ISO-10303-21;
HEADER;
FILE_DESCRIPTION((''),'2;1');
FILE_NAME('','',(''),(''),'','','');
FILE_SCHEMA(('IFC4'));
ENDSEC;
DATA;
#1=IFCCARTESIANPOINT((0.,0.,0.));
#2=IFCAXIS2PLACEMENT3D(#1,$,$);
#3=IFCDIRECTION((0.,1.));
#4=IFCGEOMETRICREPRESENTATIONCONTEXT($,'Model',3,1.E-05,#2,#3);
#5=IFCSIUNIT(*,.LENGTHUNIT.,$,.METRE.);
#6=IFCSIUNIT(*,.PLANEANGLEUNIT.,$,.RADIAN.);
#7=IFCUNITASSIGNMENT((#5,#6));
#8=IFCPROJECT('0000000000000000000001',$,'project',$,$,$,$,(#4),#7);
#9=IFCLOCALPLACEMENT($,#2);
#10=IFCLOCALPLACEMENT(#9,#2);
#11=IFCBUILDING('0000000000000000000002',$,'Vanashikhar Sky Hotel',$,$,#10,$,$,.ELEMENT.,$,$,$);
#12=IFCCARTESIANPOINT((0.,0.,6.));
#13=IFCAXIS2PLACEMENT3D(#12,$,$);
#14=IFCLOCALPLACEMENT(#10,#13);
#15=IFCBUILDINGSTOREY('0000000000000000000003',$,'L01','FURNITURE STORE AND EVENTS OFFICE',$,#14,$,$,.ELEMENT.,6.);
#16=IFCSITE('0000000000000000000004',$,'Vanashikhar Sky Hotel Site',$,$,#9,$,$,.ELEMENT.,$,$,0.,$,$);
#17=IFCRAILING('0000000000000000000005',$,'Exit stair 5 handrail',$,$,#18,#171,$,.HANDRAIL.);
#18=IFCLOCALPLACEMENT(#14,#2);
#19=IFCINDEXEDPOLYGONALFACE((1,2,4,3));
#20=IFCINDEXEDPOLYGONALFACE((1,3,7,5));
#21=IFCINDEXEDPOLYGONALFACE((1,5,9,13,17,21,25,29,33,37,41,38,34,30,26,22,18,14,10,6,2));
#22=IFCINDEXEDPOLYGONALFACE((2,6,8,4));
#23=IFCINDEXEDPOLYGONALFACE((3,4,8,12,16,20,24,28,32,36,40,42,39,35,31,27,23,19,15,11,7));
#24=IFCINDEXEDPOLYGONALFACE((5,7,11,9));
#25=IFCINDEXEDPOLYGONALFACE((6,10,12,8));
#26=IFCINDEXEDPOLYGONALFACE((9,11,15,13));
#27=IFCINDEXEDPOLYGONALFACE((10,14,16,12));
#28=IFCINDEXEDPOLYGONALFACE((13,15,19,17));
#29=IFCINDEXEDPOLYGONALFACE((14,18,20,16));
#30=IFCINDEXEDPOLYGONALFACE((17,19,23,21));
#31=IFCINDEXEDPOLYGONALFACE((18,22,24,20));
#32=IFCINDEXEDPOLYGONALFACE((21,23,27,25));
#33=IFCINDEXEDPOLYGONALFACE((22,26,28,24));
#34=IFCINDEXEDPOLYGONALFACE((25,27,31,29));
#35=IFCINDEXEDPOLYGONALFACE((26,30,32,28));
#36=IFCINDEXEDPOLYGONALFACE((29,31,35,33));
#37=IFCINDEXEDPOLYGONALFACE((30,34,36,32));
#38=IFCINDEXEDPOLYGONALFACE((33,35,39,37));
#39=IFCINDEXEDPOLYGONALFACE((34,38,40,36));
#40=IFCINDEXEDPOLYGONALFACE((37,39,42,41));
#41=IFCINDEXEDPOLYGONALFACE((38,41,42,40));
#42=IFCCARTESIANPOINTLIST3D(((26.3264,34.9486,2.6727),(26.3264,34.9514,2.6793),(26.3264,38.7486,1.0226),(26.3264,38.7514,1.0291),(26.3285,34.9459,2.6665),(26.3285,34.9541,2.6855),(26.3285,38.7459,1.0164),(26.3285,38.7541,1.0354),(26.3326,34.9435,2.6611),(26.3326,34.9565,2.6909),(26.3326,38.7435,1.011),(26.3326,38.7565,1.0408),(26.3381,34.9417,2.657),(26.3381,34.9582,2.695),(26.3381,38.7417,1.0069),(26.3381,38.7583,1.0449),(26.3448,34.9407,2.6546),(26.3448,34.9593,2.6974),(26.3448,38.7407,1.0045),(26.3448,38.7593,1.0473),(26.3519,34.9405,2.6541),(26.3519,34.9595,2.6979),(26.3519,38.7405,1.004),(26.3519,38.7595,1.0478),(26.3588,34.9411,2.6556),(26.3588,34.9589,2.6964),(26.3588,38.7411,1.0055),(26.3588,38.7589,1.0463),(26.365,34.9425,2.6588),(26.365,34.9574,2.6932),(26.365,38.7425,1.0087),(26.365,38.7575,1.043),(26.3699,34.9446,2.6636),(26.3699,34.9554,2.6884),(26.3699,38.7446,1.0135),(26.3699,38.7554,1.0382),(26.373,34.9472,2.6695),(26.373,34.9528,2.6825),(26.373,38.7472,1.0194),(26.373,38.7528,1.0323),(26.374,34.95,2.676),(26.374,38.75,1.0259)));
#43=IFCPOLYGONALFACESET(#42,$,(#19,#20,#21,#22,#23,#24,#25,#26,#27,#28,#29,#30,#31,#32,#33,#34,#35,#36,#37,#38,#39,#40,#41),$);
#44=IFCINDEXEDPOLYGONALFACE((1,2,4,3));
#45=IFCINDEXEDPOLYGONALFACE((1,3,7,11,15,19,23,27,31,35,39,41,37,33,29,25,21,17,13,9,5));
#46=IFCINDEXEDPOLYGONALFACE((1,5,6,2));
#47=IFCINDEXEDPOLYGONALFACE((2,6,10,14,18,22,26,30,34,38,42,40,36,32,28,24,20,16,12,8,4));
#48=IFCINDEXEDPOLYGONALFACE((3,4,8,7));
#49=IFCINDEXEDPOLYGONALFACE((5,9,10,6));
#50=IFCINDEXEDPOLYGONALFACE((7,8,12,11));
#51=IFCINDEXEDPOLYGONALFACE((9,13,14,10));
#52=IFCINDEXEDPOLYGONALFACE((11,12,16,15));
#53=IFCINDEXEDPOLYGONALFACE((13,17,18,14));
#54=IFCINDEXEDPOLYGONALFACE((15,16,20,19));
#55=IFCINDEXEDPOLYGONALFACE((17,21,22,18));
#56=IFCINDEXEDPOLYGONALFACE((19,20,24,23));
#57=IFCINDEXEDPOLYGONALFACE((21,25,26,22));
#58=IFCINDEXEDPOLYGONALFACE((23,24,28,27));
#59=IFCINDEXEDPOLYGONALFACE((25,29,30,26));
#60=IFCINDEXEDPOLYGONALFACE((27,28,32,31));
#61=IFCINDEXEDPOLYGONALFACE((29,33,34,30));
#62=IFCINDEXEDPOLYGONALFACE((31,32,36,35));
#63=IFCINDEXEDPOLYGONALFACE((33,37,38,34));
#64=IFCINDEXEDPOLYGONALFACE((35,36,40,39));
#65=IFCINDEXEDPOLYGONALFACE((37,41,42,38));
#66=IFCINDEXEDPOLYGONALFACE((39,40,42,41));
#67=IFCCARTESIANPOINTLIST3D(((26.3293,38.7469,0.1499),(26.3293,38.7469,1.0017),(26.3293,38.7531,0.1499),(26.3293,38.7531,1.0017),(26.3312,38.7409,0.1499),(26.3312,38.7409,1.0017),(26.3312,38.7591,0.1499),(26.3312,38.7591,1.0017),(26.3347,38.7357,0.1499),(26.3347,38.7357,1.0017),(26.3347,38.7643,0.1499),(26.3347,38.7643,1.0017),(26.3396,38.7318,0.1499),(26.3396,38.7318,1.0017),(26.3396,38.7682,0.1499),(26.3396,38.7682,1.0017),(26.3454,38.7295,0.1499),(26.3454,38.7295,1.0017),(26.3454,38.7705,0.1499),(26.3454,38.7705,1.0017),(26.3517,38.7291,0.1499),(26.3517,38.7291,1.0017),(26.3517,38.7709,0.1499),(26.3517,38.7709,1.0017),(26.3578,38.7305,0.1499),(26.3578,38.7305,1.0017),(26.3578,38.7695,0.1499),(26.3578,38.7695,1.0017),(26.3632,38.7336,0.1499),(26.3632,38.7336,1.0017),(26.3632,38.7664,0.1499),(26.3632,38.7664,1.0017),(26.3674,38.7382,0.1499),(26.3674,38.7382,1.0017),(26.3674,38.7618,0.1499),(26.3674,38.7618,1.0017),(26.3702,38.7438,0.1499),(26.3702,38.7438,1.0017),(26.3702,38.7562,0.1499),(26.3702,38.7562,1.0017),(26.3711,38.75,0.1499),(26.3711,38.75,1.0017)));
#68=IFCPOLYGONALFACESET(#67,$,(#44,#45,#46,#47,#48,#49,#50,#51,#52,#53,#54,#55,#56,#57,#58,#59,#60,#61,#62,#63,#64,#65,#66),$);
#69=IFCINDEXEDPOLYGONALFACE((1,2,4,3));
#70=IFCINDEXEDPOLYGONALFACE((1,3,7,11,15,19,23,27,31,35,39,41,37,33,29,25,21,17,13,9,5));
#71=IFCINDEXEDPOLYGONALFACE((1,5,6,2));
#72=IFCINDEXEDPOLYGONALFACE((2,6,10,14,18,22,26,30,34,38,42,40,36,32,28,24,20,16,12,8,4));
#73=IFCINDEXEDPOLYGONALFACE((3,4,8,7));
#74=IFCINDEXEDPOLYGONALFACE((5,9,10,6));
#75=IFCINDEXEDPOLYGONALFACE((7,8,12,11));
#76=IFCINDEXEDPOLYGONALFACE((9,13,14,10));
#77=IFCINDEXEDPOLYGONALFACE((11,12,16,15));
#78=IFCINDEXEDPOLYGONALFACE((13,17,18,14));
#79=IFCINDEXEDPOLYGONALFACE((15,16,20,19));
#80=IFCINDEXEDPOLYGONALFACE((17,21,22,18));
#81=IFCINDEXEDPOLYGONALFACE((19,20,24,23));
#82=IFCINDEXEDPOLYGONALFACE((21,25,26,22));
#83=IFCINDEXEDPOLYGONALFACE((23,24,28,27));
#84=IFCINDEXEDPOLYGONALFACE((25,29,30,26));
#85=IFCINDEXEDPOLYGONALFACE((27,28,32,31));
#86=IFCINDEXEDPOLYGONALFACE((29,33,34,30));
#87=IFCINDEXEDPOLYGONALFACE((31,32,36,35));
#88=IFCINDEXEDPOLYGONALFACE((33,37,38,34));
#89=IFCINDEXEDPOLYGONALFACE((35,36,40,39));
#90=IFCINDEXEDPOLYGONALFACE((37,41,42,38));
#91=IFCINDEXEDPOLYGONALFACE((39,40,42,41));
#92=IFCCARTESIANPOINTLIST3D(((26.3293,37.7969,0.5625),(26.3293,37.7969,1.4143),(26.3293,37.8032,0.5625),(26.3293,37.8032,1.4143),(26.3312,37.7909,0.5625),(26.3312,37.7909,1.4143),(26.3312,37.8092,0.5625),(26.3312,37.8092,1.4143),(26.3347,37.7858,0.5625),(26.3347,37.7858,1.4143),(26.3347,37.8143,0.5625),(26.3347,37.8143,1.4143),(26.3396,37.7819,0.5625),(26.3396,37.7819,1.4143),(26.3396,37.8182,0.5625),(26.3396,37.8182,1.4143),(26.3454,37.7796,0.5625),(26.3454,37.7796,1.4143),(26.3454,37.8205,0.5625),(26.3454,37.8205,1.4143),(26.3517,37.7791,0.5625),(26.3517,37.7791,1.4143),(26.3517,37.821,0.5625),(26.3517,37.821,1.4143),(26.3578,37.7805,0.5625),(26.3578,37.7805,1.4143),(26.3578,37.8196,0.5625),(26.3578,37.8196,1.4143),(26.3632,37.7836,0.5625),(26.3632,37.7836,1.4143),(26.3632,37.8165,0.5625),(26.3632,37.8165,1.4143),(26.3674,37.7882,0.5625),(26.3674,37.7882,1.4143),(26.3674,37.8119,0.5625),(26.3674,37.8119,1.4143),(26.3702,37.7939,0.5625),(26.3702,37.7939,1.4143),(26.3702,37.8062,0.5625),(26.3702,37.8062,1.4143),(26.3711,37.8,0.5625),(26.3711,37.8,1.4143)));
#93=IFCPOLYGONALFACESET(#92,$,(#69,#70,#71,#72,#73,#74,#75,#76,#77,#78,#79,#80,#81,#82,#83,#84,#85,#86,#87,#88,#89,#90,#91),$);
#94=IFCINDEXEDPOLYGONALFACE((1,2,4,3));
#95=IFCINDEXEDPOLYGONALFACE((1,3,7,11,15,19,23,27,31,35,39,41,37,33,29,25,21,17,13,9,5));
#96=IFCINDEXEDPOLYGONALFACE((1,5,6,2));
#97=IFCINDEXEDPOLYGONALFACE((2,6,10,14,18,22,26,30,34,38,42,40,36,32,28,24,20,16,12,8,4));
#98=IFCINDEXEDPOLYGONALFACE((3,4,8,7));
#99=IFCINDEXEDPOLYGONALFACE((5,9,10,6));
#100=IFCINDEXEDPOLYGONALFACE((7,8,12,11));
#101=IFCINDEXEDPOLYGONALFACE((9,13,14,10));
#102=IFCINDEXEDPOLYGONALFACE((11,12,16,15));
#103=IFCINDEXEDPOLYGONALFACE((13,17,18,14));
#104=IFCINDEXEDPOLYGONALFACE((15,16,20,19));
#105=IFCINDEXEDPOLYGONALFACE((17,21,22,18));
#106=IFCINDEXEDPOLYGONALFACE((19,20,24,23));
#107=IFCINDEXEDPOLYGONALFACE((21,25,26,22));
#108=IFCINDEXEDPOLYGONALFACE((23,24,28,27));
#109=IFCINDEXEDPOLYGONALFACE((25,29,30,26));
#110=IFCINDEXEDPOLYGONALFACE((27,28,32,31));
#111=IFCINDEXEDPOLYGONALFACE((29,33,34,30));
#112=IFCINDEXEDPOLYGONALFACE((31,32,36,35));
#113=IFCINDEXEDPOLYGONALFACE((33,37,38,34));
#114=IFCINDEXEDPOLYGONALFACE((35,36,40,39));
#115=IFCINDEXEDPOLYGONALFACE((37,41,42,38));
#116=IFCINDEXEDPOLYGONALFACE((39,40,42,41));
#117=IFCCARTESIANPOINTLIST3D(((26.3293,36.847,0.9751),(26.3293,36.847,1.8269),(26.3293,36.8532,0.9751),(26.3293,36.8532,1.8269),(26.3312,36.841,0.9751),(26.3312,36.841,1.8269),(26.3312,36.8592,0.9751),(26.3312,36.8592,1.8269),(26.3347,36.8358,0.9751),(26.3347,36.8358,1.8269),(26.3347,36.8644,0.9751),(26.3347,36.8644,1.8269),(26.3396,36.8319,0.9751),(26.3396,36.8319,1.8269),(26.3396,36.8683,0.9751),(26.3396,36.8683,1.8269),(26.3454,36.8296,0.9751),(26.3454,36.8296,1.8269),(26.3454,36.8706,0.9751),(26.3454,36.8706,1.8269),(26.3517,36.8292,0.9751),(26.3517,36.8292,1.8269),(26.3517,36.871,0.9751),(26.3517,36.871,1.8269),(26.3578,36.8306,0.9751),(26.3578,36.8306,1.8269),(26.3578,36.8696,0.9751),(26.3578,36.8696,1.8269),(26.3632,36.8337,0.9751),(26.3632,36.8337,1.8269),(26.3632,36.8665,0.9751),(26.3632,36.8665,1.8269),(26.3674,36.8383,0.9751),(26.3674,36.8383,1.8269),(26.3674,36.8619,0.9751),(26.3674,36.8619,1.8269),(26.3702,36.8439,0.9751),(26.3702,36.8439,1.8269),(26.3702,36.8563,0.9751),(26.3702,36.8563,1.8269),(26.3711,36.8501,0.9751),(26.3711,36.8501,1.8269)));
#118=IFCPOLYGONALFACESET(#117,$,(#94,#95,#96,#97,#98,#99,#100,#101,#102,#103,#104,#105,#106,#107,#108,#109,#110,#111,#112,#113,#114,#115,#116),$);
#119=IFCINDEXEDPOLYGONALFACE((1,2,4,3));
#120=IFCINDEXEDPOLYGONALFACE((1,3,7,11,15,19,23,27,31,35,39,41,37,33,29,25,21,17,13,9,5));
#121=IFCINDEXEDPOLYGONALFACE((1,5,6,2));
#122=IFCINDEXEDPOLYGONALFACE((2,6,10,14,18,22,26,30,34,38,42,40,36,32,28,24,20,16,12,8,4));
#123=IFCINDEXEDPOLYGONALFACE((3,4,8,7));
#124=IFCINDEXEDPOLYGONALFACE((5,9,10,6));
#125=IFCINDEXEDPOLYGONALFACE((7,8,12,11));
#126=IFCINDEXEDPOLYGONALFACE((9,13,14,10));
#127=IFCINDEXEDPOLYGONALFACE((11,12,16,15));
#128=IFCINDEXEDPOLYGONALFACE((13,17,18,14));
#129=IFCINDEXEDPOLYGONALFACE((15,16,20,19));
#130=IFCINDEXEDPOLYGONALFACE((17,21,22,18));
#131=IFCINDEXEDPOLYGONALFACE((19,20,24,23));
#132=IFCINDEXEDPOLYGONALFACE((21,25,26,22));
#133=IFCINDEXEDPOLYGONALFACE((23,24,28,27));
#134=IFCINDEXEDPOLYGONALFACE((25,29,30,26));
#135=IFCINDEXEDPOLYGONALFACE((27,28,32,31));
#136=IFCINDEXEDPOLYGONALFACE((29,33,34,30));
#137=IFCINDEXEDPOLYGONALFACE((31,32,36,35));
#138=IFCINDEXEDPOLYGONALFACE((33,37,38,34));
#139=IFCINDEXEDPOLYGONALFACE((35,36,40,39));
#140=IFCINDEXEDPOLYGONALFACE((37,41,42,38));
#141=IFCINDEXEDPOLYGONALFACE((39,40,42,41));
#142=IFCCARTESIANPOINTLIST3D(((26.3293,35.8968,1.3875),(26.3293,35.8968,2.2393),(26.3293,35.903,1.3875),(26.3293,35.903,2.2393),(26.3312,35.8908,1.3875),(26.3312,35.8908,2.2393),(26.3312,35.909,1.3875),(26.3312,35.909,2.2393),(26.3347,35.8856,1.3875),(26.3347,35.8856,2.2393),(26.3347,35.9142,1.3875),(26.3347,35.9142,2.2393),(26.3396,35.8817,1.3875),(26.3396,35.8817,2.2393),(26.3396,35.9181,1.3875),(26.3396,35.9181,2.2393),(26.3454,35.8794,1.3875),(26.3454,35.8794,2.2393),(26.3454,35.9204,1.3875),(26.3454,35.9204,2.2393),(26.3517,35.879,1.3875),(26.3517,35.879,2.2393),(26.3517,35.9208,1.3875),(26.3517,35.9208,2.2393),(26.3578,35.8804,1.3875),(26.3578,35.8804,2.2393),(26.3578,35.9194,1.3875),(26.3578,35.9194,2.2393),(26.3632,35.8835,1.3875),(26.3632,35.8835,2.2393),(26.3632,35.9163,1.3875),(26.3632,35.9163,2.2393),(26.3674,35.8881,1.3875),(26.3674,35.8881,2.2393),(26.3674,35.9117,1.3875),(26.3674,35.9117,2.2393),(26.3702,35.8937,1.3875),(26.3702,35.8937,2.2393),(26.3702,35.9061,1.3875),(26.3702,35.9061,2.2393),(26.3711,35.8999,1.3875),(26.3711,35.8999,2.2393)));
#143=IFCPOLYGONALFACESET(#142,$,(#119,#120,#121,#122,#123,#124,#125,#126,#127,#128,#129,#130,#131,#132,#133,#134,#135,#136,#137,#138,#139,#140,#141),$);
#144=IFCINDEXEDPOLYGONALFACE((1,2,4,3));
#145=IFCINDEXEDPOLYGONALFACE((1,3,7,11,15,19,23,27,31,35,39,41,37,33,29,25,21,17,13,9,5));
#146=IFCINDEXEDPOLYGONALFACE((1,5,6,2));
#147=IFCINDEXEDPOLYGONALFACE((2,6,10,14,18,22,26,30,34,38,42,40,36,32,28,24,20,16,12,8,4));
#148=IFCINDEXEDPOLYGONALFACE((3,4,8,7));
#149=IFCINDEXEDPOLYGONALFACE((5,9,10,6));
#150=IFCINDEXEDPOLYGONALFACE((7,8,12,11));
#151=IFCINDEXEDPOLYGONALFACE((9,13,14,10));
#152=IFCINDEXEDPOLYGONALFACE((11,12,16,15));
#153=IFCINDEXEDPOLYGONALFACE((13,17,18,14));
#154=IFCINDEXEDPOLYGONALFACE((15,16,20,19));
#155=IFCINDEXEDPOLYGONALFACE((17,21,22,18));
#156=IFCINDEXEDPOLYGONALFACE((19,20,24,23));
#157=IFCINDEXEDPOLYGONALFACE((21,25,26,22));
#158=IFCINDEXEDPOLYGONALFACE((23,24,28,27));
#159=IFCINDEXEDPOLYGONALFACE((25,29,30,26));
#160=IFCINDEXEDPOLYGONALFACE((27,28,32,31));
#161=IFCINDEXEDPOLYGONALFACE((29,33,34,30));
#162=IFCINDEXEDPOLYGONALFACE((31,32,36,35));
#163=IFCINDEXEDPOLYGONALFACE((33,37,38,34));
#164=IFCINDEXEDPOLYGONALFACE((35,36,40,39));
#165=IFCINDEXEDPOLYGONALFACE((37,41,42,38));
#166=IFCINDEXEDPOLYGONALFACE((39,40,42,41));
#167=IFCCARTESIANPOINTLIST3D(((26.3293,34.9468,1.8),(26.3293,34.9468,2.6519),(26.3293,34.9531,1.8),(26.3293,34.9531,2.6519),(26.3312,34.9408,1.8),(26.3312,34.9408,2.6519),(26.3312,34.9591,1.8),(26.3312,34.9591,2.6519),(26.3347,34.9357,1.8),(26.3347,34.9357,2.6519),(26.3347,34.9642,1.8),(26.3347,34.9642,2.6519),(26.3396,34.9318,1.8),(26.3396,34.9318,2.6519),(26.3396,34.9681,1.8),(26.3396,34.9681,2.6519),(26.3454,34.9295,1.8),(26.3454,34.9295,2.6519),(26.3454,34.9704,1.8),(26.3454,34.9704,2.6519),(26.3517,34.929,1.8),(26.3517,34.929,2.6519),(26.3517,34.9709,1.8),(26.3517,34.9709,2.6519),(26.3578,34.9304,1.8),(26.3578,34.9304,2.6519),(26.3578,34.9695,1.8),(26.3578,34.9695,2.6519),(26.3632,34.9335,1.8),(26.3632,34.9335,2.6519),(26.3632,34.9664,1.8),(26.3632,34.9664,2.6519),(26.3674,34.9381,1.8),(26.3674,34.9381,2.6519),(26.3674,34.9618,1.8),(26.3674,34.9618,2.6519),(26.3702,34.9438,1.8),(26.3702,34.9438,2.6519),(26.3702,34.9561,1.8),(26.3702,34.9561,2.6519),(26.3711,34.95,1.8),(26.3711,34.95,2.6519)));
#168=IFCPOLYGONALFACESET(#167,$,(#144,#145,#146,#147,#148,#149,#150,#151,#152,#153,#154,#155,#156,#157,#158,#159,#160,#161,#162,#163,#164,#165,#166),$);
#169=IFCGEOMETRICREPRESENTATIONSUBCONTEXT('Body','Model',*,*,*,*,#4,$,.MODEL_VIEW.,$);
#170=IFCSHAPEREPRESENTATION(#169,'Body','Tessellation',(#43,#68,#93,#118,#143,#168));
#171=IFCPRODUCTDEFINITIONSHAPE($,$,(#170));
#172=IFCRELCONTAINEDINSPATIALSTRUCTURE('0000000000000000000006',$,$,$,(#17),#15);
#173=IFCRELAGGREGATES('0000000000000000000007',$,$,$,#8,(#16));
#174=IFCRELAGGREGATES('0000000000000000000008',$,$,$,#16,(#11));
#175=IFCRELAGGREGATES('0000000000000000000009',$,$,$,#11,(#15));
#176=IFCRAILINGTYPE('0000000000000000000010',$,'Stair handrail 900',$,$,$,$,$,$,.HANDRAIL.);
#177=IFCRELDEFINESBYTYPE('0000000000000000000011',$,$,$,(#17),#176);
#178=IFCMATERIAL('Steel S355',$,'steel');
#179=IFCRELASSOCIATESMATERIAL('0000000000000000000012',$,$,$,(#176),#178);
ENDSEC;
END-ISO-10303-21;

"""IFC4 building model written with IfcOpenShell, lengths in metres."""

from ifc_helpers import new_model, si_unit, direction, frame, origin, origin_2d, place, context, subcontext, project, spatial, circle, extrude, source, transform, mapped, material, type_object, element, save


model = new_model("IFC4")

# Units and contexts
model_context = context("Model", 3, precision=1e-05, world=origin(), true_north=direction((0.0, 1.0)))
body_context = subcontext(model_context, "Body", "Model", "MODEL_VIEW")
ifc_project = project(units=[si_unit("LENGTHUNIT", "METRE"), si_unit("PLANEANGLEUNIT", "RADIAN")], contexts=[model_context])

# Site, building, storey
site_placement = place(None, origin())
site = spatial("IfcSite", under=ifc_project, at=site_placement, Name="Vanashikhar Sky Hotel Site", CompositionType="ELEMENT", RefElevation=0.0)
building_placement = place(site_placement, origin())
building = spatial("IfcBuilding", under=site, at=building_placement, Name="Vanashikhar Sky Hotel", CompositionType="ELEMENT")
storey_placement = place(building_placement, frame((0.0, 0.0, 6.0)))
storey = spatial("IfcBuildingStorey", under=building, at=storey_placement, Name="L01", Description="FURNITURE STORE AND EVENTS OFFICE", CompositionType="ELEMENT", Elevation=6.0)

# Railing
ifc_material_1 = material(Name="Steel S355", Category="steel")
railing_type_1 = type_object("IfcRailingType", Name="Stair handrail 900", PredefinedType="HANDRAIL", material=ifc_material_1)
shared_shape_1 = source(origin(), body_context, "Body", "SweptSolid", [
    extrude(circle(Radius=0.0239, at=origin_2d()), frame((0.0, 0.0, 0.876), z_axis=(0.0, -0.917251, 0.39831), x_axis=(1.0, 0.0, 0.0)), (0.0, 0.0, 1.0), 4.1428),
    extrude(circle(Radius=0.021, at=origin_2d()), origin(), (0.0, 0.0, 1.0), 0.8518),
    extrude(circle(Radius=0.021, at=origin_2d()), frame((0.0, -0.95, 0.4126)), (0.0, 0.0, 1.0), 0.8518),
    extrude(circle(Radius=0.021, at=origin_2d()), frame((0.0, -1.8999, 0.8252)), (0.0, 0.0, 1.0), 0.8518),
    extrude(circle(Radius=0.021, at=origin_2d()), frame((0.0, -2.8501, 1.2375)), (0.0, 0.0, 1.0), 0.8518),
    extrude(circle(Radius=0.021, at=origin_2d()), frame((0.0, -3.8, 1.6501)), (0.0, 0.0, 1.0), 0.8518),
])
railing_1_placement = place(storey_placement, frame((26.3501, 38.75, 0.1499)))
element("IfcRailing", 1, at=railing_1_placement, inside=storey, type_object=railing_type_1, Name="Exit stair 5 handrail", PredefinedType="HANDRAIL", context=body_context, shape_type="MappedRepresentation", body=[
    mapped(shared_shape_1, transform((0.0, 0.0, 0.0), scale=1.0)),
])

save(model, "model.ifc")
